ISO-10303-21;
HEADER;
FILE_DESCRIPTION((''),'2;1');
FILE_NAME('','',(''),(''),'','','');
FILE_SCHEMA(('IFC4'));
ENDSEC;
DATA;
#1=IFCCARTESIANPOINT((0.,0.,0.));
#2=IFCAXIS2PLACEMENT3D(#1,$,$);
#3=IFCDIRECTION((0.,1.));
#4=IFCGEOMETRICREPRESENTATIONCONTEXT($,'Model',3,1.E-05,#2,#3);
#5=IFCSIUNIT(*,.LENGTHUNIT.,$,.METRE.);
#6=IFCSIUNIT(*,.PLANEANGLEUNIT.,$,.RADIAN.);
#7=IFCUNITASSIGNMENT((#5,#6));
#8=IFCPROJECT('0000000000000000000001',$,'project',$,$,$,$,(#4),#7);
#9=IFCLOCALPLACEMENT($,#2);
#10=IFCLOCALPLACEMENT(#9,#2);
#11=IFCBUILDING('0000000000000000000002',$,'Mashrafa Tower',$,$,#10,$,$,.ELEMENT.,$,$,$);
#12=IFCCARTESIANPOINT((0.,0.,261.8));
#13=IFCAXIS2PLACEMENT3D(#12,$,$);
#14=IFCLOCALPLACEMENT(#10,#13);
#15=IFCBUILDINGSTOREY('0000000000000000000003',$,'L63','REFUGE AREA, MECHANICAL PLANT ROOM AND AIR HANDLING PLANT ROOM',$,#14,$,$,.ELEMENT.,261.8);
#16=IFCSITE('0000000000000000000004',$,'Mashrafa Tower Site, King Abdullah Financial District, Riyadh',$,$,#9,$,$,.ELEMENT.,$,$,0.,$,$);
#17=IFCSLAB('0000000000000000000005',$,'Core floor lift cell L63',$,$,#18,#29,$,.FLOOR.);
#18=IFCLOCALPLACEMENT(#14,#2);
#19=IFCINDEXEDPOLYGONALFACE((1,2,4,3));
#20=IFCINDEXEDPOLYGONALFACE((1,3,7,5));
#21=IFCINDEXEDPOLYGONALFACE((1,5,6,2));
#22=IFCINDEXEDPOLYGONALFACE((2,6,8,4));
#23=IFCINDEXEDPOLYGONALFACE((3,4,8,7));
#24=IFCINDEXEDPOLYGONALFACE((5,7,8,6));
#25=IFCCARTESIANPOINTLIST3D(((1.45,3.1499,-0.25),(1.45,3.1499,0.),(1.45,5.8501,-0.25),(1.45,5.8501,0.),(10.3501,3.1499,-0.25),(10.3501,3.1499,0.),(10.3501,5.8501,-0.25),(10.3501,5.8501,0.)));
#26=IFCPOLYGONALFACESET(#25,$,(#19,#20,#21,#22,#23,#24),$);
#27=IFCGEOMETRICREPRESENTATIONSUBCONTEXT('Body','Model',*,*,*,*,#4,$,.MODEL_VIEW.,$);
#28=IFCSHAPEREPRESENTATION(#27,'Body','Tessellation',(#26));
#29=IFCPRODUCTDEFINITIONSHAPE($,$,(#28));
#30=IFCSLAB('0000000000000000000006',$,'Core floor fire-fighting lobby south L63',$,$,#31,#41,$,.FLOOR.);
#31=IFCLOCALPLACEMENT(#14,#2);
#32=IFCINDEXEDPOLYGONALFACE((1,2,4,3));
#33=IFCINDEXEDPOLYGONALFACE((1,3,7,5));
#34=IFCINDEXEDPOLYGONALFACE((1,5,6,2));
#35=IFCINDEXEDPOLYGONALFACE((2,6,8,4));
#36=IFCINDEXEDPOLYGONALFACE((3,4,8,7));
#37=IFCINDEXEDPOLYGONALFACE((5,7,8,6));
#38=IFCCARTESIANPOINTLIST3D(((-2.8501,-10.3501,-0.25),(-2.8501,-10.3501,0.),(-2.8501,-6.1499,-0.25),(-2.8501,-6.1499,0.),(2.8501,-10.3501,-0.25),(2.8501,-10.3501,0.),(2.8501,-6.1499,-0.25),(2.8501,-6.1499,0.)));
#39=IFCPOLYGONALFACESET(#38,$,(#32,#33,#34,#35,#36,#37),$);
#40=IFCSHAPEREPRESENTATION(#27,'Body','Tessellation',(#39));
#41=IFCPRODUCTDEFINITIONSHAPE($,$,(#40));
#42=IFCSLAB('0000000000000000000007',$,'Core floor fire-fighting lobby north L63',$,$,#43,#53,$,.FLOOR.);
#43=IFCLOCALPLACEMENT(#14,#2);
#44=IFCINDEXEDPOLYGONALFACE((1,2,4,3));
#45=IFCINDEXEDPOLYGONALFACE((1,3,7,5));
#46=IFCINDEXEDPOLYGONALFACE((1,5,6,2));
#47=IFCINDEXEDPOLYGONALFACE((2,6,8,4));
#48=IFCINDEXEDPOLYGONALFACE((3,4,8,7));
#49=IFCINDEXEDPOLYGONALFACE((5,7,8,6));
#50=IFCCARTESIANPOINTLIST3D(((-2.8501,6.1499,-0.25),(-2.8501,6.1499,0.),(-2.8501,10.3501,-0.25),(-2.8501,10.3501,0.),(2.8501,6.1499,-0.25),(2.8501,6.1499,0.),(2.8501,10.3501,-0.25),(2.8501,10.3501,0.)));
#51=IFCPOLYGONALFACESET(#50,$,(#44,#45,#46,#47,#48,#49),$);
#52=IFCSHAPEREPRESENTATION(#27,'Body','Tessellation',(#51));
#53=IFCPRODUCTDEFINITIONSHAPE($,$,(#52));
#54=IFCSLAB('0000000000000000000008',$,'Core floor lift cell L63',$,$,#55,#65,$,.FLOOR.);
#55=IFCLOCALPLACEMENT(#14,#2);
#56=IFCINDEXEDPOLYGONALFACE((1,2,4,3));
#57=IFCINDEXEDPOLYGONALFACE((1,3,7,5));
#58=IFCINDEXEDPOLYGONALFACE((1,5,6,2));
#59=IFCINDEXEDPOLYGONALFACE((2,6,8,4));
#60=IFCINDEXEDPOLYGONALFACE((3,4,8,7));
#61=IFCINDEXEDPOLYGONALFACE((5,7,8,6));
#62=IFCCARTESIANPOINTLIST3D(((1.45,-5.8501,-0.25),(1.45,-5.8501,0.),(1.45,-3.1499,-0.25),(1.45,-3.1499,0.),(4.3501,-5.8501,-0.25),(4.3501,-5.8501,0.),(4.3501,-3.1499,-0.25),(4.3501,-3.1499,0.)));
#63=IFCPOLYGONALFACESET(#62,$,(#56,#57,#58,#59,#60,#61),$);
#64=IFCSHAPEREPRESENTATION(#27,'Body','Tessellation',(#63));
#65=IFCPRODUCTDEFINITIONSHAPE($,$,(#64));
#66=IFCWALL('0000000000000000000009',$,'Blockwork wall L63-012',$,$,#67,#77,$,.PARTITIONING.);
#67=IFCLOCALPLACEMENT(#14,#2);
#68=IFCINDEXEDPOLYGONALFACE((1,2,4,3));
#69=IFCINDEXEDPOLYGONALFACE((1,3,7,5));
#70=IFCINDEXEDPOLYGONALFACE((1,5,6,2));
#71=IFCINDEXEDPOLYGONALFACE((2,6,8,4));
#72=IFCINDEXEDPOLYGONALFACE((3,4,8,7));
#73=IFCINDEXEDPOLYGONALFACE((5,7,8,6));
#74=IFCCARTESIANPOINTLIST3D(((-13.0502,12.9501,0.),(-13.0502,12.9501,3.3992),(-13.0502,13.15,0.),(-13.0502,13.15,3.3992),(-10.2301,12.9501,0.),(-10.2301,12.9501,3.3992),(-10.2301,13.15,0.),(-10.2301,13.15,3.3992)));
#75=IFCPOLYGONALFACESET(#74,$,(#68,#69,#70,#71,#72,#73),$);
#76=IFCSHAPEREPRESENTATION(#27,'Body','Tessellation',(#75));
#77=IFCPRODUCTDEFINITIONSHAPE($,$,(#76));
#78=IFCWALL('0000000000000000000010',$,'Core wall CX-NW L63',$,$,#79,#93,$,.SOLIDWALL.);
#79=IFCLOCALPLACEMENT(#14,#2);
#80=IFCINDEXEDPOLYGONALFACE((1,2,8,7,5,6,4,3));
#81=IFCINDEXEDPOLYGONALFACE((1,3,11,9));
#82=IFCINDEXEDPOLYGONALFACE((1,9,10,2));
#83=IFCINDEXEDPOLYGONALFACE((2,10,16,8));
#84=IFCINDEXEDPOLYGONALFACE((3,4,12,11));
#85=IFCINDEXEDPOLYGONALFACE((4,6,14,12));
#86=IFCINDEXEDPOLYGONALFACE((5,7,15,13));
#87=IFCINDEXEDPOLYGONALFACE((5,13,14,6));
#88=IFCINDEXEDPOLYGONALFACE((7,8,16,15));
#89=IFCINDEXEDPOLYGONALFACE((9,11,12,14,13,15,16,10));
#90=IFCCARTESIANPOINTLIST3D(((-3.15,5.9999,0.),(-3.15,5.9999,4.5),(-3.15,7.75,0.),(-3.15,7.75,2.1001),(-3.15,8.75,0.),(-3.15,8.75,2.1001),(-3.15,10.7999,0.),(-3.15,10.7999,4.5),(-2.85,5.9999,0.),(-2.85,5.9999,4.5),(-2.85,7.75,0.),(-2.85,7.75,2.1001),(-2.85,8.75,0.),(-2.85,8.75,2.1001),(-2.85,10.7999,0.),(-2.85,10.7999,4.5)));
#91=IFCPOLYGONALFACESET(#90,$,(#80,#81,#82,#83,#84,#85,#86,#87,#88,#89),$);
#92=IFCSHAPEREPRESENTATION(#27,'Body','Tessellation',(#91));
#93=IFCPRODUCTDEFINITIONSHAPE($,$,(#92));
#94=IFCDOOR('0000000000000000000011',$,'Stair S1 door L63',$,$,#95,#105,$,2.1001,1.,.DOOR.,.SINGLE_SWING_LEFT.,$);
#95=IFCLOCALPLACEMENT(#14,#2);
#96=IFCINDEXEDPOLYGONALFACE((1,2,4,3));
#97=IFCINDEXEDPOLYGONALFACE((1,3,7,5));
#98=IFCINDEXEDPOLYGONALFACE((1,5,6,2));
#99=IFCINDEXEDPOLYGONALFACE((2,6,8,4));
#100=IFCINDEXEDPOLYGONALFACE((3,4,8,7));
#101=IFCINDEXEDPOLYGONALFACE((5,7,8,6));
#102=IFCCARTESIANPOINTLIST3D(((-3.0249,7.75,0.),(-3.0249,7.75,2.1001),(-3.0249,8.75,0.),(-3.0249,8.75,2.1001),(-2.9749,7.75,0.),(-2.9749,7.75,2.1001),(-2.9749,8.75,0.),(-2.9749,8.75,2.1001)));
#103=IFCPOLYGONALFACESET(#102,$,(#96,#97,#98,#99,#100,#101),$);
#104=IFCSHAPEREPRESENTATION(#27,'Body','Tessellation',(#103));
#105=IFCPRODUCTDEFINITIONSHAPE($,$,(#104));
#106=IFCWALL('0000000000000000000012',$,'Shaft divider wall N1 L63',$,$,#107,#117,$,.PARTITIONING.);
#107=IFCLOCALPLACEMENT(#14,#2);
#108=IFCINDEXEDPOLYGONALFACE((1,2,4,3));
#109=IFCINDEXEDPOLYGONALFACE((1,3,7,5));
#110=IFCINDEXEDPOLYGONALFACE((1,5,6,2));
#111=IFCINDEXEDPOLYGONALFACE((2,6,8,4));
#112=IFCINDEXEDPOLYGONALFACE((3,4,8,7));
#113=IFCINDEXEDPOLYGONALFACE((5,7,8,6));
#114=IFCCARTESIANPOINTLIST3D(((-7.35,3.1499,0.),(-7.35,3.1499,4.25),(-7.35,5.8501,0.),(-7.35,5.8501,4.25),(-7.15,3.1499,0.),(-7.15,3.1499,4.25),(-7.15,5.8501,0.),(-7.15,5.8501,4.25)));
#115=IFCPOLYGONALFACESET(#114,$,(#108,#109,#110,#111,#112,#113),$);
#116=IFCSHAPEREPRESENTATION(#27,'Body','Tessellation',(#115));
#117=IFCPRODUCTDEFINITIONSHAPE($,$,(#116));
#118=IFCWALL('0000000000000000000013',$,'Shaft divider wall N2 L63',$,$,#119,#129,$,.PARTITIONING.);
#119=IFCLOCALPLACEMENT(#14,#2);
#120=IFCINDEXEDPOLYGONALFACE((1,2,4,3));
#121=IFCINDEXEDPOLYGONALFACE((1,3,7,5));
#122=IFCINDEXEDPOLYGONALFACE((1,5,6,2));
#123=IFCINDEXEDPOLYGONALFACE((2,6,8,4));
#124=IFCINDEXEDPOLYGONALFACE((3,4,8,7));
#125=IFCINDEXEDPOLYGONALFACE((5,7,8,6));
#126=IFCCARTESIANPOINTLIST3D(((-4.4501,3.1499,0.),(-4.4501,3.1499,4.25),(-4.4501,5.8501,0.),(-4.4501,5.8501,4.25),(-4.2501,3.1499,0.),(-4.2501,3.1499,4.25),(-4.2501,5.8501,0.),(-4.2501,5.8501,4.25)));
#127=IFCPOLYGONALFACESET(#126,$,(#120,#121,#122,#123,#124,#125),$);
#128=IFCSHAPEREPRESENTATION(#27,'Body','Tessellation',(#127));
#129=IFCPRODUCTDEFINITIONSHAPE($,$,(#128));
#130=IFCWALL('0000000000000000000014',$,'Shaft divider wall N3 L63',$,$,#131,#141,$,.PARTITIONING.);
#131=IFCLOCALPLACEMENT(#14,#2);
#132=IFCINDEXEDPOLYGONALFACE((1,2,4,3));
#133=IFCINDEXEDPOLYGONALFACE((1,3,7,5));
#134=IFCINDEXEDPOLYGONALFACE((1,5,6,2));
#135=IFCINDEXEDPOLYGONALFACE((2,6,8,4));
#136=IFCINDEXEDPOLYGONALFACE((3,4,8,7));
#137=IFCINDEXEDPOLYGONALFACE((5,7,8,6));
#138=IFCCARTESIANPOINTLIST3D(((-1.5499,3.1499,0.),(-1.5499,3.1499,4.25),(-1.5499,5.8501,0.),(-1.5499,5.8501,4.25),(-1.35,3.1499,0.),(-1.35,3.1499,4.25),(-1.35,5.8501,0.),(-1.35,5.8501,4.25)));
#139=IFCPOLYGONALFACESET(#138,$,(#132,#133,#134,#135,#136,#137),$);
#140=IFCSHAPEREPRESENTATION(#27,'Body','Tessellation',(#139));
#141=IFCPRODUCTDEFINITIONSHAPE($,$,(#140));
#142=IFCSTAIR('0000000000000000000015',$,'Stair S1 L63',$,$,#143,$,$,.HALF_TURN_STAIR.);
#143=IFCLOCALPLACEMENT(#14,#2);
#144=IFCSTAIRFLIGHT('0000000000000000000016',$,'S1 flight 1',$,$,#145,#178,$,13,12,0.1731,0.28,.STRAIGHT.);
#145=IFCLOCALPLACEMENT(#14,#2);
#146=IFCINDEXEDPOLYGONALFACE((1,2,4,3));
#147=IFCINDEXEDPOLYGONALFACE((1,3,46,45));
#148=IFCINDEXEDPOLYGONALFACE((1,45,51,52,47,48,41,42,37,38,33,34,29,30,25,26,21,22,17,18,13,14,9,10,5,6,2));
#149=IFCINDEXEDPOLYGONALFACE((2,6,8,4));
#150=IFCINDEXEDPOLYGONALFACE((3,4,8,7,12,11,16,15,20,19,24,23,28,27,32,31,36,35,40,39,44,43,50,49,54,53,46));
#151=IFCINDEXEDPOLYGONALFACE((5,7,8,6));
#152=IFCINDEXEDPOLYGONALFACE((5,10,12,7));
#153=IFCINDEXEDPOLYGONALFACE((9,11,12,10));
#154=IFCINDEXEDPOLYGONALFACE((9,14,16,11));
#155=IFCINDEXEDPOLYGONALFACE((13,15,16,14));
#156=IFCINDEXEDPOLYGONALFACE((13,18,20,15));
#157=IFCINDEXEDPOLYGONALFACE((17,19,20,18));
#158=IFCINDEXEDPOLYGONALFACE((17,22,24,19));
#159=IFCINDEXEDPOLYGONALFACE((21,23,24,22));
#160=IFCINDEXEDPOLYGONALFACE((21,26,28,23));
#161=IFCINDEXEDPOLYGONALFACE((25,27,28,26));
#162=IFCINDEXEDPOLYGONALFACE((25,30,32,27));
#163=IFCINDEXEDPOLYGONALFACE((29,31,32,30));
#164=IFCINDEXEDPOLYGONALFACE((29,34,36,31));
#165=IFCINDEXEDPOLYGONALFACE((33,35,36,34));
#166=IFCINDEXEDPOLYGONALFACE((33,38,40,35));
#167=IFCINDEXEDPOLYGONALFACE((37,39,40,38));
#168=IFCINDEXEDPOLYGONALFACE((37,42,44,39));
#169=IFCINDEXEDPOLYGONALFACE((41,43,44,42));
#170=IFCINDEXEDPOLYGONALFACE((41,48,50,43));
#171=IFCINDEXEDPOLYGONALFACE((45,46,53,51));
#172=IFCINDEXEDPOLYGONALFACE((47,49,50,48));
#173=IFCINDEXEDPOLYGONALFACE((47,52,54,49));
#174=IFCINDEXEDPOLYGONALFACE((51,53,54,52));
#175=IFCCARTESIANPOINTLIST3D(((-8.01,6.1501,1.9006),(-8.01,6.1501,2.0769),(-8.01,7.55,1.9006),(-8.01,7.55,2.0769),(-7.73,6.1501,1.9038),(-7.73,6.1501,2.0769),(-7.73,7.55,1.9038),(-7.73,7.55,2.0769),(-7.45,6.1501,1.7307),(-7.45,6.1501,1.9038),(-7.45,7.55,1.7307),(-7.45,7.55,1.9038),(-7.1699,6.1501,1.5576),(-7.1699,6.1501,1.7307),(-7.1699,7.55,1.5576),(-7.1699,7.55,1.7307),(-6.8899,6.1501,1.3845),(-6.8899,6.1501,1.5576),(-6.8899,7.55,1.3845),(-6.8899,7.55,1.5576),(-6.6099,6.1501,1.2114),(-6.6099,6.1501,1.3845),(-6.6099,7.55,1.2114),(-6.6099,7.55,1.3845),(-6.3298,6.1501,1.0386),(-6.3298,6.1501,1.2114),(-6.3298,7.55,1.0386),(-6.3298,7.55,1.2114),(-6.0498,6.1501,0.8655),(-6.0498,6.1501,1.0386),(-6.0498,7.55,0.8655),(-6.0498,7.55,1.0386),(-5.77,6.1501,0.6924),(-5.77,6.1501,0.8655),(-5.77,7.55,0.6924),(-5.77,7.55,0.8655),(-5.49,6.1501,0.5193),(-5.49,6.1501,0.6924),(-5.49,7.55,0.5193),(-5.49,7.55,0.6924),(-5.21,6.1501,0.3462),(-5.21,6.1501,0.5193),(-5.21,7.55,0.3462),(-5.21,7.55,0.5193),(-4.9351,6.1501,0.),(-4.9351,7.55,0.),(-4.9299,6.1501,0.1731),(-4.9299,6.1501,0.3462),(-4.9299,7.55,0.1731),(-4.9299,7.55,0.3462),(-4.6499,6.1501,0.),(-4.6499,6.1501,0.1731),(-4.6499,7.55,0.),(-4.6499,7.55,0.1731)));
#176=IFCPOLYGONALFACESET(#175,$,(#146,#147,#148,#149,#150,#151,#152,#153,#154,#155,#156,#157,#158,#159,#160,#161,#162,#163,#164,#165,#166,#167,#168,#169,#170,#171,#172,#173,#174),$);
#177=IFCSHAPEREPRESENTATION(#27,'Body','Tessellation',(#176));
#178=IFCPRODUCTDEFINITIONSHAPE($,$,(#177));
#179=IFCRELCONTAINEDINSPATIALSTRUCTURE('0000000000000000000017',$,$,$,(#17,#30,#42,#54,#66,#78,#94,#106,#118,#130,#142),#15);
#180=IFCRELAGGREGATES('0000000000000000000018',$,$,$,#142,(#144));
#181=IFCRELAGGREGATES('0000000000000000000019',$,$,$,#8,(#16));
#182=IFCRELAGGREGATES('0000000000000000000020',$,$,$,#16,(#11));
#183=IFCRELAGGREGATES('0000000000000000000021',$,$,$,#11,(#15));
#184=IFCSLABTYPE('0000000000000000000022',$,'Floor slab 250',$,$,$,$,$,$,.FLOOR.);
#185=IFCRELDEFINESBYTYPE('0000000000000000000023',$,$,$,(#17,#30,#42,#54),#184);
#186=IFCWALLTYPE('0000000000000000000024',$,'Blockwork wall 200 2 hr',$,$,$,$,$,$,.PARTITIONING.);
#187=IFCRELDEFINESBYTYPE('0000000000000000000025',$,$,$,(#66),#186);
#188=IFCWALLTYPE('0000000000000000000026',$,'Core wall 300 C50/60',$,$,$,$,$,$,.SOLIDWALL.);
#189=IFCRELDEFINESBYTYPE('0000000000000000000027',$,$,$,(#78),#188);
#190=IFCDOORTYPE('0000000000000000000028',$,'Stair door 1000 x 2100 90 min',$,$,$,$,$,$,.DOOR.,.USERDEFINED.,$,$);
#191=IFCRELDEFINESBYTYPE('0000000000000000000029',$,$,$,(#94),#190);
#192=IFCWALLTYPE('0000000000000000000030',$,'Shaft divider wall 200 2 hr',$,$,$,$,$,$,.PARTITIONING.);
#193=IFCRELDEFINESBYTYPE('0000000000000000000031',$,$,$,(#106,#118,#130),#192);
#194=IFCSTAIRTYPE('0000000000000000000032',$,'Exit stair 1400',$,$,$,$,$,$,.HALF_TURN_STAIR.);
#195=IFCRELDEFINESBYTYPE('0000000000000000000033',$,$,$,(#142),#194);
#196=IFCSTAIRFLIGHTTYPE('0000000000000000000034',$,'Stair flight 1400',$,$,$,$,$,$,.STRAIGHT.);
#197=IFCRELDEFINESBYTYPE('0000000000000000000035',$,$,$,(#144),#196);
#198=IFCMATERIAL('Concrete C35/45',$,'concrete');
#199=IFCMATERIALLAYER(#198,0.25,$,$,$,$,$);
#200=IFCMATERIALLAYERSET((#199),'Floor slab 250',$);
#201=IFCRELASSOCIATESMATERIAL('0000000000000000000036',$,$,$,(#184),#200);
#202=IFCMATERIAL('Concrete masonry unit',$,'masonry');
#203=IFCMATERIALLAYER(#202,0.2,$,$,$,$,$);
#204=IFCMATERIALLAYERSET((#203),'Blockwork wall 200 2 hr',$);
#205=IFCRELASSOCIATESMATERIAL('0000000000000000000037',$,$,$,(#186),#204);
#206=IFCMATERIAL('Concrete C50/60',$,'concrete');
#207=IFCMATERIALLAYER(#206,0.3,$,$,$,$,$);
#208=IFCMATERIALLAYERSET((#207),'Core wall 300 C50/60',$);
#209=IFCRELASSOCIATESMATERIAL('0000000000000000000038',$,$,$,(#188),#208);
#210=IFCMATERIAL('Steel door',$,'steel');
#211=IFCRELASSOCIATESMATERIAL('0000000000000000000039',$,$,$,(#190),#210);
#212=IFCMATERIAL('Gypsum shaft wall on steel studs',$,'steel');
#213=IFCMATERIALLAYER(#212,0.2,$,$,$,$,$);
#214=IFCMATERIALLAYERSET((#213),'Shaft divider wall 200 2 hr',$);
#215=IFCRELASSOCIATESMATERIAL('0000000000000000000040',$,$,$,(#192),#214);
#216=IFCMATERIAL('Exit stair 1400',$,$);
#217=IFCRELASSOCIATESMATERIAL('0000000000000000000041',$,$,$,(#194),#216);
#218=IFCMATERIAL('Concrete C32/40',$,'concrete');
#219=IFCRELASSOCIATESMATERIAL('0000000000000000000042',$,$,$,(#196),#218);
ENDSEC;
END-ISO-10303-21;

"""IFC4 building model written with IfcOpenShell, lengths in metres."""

from ifc_helpers import new_model, si_unit, direction, frame, frame_2d, origin, place, context, subcontext, project, spatial, polyline, rectangle, outline, extrude, material, layer, layer_set, type_object, element, fill, aggregate, save


model = new_model("IFC4")

# Units and contexts
model_context = context("Model", 3, precision=1e-05, world=origin(), true_north=direction((0.0, 1.0)))
body_context = subcontext(model_context, "Body", "Model", "MODEL_VIEW")
ifc_project = project(units=[si_unit("LENGTHUNIT", "METRE"), si_unit("PLANEANGLEUNIT", "RADIAN")], contexts=[model_context])

# Site, building, storey
site_placement = place(None, origin())
site = spatial("IfcSite", under=ifc_project, at=site_placement, Name="Mashrafa Tower Site, King Abdullah Financial District, Riyadh", CompositionType="ELEMENT", RefElevation=0.0)
building_placement = place(site_placement, origin())
building = spatial("IfcBuilding", under=site, at=building_placement, Name="Mashrafa Tower", CompositionType="ELEMENT")
storey_placement = place(building_placement, frame((0.0, 0.0, 261.8)))
storey = spatial("IfcBuildingStorey", under=building, at=storey_placement, Name="L63", Description="REFUGE AREA, MECHANICAL PLANT ROOM AND AIR HANDLING PLANT ROOM", CompositionType="ELEMENT", Elevation=261.8)

# Slabs
ifc_material_1 = material(Name="Concrete C35/45", Category="concrete")
ifc_layer_1 = layer(ifc_material_1, 0.25)
ifc_layer_set_1 = layer_set([ifc_layer_1], Name="Floor slab 250")
slab_type = type_object("IfcSlabType", Name="Floor slab 250", PredefinedType="FLOOR", material=ifc_layer_set_1)
slab_1_placement = place(storey_placement, frame((0.0, 0.0, -0.25)))
element("IfcSlab", 1, at=slab_1_placement, inside=storey, type_object=slab_type, Name="Core floor lift cell L63", PredefinedType="FLOOR", context=body_context, shape_type="SweptSolid", body=[
    extrude(outline(polyline([(1.45, 5.8501), (10.3501, 5.8501), (10.3501, 3.1499), (1.45, 3.1499), (1.45, 5.8501)])), origin(), (0.0, 0.0, 1.0), 0.25),
])
slab_2_placement = place(storey_placement, frame((0.0, 0.0, -0.25)))
element("IfcSlab", 2, at=slab_2_placement, inside=storey, type_object=slab_type, Name="Core floor fire-fighting lobby south L63", PredefinedType="FLOOR", context=body_context, shape_type="SweptSolid", body=[
    extrude(outline(polyline([(2.8501, -6.1499), (2.8501, -10.3501), (-2.8501, -10.3501), (-2.8501, -6.1499), (2.8501, -6.1499)])), origin(), (0.0, 0.0, 1.0), 0.25),
])
slab_3_placement = place(storey_placement, frame((0.0, 0.0, -0.25)))
element("IfcSlab", 3, at=slab_3_placement, inside=storey, type_object=slab_type, Name="Core floor fire-fighting lobby north L63", PredefinedType="FLOOR", context=body_context, shape_type="SweptSolid", body=[
    extrude(outline(polyline([(-2.8501, 10.3501), (2.8501, 10.3501), (2.8501, 6.1499), (-2.8501, 6.1499), (-2.8501, 10.3501)])), origin(), (0.0, 0.0, 1.0), 0.25),
])
slab_4_placement = place(storey_placement, frame((0.0, 0.0, -0.25)))
element("IfcSlab", 4, at=slab_4_placement, inside=storey, type_object=slab_type, Name="Core floor lift cell L63", PredefinedType="FLOOR", context=body_context, shape_type="SweptSolid", body=[
    extrude(outline(polyline([(4.3501, -3.1499), (4.3501, -5.8501), (1.45, -5.8501), (1.45, -3.1499), (4.3501, -3.1499)])), origin(), (0.0, 0.0, 1.0), 0.25),
])

# Wall
ifc_material_2 = material(Name="Concrete masonry unit", Category="masonry")
ifc_layer_2 = layer(ifc_material_2, 0.2)
ifc_layer_set_2 = layer_set([ifc_layer_2], Name="Blockwork wall 200 2 hr")
wall_type_1 = type_object("IfcWallType", Name="Blockwork wall 200 2 hr", PredefinedType="PARTITIONING", material=ifc_layer_set_2)
wall_1_placement = place(storey_placement, frame((-10.23, 13.05, 0.0), z_axis=(0.0, 0.0, 1.0), x_axis=(-1.0, 0.0, 0.0)))
element("IfcWall", 5, at=wall_1_placement, inside=storey, type_object=wall_type_1, Name="Blockwork wall L63-012", PredefinedType="PARTITIONING", context=body_context, shape_type="SweptSolid", body=[
    extrude(rectangle(XDim=2.8201, YDim=0.2, at=frame_2d((1.4102, 0.0))), origin(), (0.0, 0.0, 1.0), 3.3992),
])

# Wall, opening, door
ifc_material_3 = material(Name="Concrete C50/60", Category="concrete")
ifc_layer_3 = layer(ifc_material_3, 0.3)
ifc_layer_set_3 = layer_set([ifc_layer_3], Name="Core wall 300 C50/60")
wall_type_2 = type_object("IfcWallType", Name="Core wall 300 C50/60", PredefinedType="SOLIDWALL", material=ifc_layer_set_3)
wall_2_placement = place(storey_placement, frame((-3.0, 6.0, 0.0), z_axis=(0.0, 0.0, 1.0), x_axis=(0.0, 1.0, 0.0)))
wall_2 = element("IfcWall", 6, at=wall_2_placement, inside=storey, type_object=wall_type_2, Name="Core wall CX-NW L63", PredefinedType="SOLIDWALL", context=body_context, shape_type="SweptSolid", body=[
    extrude(rectangle(XDim=4.8, YDim=0.3, at=frame_2d((2.3999, 0.0))), origin(), (0.0, 0.0, 1.0), 4.5),
])
opening_placement = place(wall_2_placement, frame((1.75, 0.0, 0.0)))
opening = element("IfcOpeningElement", 7, at=opening_placement, cuts=wall_2, PredefinedType="OPENING", context=body_context, shape_type="SweptSolid", body=[
    extrude(rectangle(XDim=1.0, YDim=2.1001, at=frame_2d((0.5, 1.05))), frame((0.0, 0.1599, 0.0), z_axis=(0.0, -1.0, 0.0), x_axis=(1.0, 0.0, 0.0)), (0.0, 0.0, 1.0), 0.3201),
])
ifc_material_4 = material(Name="Steel door", Category="steel")
door_type = type_object("IfcDoorType", Name="Stair door 1000 x 2100 90 min", OperationType="USERDEFINED", PredefinedType="DOOR", material=ifc_material_4)
door_placement = place(opening_placement, origin())
door = element("IfcDoor", 8, at=door_placement, inside=storey, type_object=door_type, Name="Stair S1 door L63", OperationType="SINGLE_SWING_LEFT", OverallHeight=2.1001, OverallWidth=1.0, PredefinedType="DOOR", context=body_context, shape_type="SweptSolid", body=[
    extrude(rectangle(XDim=1.0, YDim=2.1001, at=frame_2d((0.5, 1.05))), frame((0.0, 0.0249, 0.0), z_axis=(0.0, -1.0, 0.0), x_axis=(1.0, 0.0, 0.0)), (0.0, 0.0, 1.0), 0.05),
])
fill(opening, door)

# Walls
ifc_material_5 = material(Name="Gypsum shaft wall on steel studs", Category="steel")
ifc_layer_4 = layer(ifc_material_5, 0.2)
ifc_layer_set_4 = layer_set([ifc_layer_4], Name="Shaft divider wall 200 2 hr")
wall_type_3 = type_object("IfcWallType", Name="Shaft divider wall 200 2 hr", PredefinedType="PARTITIONING", material=ifc_layer_set_4)
for number, where, z_axis, x_axis, name in (
    (9, (-7.25, 3.1499, 0.0), (0.0, 0.0, 1.0), (0.0, 1.0, 0.0), "Shaft divider wall N1 L63"),
    (10, (-4.3501, 3.1499, 0.0), (0.0, 0.0, 1.0), (0.0, 1.0, 0.0), "Shaft divider wall N2 L63"),
    (11, (-1.45, 3.1499, 0.0), (0.0, 0.0, 1.0), (0.0, 1.0, 0.0), "Shaft divider wall N3 L63"),
):
    element("IfcWall", number, at=place(storey_placement, frame(where, z_axis=z_axis, x_axis=x_axis)), inside=storey, type_object=wall_type_3, Name=name, PredefinedType="PARTITIONING", context=body_context, shape_type="SweptSolid", body=[
        extrude(rectangle(XDim=2.7002, YDim=0.2, at=frame_2d((1.3501, 0.0))), origin(), (0.0, 0.0, 1.0), 4.25),
    ])

# Stair, stair flight
ifc_material_6 = material(Name="Exit stair 1400")
stair_type = type_object("IfcStairType", Name="Exit stair 1400", PredefinedType="HALF_TURN_STAIR", material=ifc_material_6)
stair_placement = place(storey_placement, origin())
stair = element("IfcStair", 12, at=stair_placement, inside=storey, type_object=stair_type, Name="Stair S1 L63", PredefinedType="HALF_TURN_STAIR")
ifc_material_7 = material(Name="Concrete C32/40", Category="concrete")
stair_flight_type = type_object("IfcStairFlightType", Name="Stair flight 1400", PredefinedType="STRAIGHT", material=ifc_material_7)
stair_flight_1_placement = place(storey_placement, frame((-4.6499, 6.8501, 0.0), z_axis=(0.0, 0.0, 1.0), x_axis=(-1.0, 0.0, 0.0)))
stair_flight_1 = element("IfcStairFlight", 13, at=stair_flight_1_placement, type_object=stair_flight_type, Name="S1 flight 1", NumberOfRisers=13, NumberOfTreads=12, PredefinedType="STRAIGHT", RiserHeight=0.1731, TreadLength=0.28, context=body_context, shape_type="SweptSolid", body=[
    extrude(outline(polyline([(0.0, 0.0), (0.0, 0.1731), (0.28, 0.1731), (0.28, 0.3462), (0.5601, 0.3462), (0.5601, 0.5193), (0.8401, 0.5193), (0.8401, 0.6924), (1.1201, 0.6924), (1.1201, 0.8655), (1.3999, 0.8655), (1.3999, 1.0386), (1.6799, 1.0386), (1.6799, 1.2114), (1.96, 1.2114), (1.96, 1.3845), (2.24, 1.3845), (2.24, 1.5576), (2.52, 1.5576), (2.52, 1.7307), (2.8, 1.7307), (2.8, 1.9038), (3.0801, 1.9038), (3.0801, 2.0769), (3.3601, 2.0769), (3.3601, 2.25), (3.3601, 1.9006), (0.2852, 0.0), (0.0, 0.0)])), frame((0.0, 0.7, 0.0), z_axis=(0.0, -1.0, 0.0), x_axis=(1.0, 0.0, 0.0)), (0.0, 0.0, 1.0), 1.3999),
])
aggregate(stair, [stair_flight_1])

save(model, "model.ifc")
